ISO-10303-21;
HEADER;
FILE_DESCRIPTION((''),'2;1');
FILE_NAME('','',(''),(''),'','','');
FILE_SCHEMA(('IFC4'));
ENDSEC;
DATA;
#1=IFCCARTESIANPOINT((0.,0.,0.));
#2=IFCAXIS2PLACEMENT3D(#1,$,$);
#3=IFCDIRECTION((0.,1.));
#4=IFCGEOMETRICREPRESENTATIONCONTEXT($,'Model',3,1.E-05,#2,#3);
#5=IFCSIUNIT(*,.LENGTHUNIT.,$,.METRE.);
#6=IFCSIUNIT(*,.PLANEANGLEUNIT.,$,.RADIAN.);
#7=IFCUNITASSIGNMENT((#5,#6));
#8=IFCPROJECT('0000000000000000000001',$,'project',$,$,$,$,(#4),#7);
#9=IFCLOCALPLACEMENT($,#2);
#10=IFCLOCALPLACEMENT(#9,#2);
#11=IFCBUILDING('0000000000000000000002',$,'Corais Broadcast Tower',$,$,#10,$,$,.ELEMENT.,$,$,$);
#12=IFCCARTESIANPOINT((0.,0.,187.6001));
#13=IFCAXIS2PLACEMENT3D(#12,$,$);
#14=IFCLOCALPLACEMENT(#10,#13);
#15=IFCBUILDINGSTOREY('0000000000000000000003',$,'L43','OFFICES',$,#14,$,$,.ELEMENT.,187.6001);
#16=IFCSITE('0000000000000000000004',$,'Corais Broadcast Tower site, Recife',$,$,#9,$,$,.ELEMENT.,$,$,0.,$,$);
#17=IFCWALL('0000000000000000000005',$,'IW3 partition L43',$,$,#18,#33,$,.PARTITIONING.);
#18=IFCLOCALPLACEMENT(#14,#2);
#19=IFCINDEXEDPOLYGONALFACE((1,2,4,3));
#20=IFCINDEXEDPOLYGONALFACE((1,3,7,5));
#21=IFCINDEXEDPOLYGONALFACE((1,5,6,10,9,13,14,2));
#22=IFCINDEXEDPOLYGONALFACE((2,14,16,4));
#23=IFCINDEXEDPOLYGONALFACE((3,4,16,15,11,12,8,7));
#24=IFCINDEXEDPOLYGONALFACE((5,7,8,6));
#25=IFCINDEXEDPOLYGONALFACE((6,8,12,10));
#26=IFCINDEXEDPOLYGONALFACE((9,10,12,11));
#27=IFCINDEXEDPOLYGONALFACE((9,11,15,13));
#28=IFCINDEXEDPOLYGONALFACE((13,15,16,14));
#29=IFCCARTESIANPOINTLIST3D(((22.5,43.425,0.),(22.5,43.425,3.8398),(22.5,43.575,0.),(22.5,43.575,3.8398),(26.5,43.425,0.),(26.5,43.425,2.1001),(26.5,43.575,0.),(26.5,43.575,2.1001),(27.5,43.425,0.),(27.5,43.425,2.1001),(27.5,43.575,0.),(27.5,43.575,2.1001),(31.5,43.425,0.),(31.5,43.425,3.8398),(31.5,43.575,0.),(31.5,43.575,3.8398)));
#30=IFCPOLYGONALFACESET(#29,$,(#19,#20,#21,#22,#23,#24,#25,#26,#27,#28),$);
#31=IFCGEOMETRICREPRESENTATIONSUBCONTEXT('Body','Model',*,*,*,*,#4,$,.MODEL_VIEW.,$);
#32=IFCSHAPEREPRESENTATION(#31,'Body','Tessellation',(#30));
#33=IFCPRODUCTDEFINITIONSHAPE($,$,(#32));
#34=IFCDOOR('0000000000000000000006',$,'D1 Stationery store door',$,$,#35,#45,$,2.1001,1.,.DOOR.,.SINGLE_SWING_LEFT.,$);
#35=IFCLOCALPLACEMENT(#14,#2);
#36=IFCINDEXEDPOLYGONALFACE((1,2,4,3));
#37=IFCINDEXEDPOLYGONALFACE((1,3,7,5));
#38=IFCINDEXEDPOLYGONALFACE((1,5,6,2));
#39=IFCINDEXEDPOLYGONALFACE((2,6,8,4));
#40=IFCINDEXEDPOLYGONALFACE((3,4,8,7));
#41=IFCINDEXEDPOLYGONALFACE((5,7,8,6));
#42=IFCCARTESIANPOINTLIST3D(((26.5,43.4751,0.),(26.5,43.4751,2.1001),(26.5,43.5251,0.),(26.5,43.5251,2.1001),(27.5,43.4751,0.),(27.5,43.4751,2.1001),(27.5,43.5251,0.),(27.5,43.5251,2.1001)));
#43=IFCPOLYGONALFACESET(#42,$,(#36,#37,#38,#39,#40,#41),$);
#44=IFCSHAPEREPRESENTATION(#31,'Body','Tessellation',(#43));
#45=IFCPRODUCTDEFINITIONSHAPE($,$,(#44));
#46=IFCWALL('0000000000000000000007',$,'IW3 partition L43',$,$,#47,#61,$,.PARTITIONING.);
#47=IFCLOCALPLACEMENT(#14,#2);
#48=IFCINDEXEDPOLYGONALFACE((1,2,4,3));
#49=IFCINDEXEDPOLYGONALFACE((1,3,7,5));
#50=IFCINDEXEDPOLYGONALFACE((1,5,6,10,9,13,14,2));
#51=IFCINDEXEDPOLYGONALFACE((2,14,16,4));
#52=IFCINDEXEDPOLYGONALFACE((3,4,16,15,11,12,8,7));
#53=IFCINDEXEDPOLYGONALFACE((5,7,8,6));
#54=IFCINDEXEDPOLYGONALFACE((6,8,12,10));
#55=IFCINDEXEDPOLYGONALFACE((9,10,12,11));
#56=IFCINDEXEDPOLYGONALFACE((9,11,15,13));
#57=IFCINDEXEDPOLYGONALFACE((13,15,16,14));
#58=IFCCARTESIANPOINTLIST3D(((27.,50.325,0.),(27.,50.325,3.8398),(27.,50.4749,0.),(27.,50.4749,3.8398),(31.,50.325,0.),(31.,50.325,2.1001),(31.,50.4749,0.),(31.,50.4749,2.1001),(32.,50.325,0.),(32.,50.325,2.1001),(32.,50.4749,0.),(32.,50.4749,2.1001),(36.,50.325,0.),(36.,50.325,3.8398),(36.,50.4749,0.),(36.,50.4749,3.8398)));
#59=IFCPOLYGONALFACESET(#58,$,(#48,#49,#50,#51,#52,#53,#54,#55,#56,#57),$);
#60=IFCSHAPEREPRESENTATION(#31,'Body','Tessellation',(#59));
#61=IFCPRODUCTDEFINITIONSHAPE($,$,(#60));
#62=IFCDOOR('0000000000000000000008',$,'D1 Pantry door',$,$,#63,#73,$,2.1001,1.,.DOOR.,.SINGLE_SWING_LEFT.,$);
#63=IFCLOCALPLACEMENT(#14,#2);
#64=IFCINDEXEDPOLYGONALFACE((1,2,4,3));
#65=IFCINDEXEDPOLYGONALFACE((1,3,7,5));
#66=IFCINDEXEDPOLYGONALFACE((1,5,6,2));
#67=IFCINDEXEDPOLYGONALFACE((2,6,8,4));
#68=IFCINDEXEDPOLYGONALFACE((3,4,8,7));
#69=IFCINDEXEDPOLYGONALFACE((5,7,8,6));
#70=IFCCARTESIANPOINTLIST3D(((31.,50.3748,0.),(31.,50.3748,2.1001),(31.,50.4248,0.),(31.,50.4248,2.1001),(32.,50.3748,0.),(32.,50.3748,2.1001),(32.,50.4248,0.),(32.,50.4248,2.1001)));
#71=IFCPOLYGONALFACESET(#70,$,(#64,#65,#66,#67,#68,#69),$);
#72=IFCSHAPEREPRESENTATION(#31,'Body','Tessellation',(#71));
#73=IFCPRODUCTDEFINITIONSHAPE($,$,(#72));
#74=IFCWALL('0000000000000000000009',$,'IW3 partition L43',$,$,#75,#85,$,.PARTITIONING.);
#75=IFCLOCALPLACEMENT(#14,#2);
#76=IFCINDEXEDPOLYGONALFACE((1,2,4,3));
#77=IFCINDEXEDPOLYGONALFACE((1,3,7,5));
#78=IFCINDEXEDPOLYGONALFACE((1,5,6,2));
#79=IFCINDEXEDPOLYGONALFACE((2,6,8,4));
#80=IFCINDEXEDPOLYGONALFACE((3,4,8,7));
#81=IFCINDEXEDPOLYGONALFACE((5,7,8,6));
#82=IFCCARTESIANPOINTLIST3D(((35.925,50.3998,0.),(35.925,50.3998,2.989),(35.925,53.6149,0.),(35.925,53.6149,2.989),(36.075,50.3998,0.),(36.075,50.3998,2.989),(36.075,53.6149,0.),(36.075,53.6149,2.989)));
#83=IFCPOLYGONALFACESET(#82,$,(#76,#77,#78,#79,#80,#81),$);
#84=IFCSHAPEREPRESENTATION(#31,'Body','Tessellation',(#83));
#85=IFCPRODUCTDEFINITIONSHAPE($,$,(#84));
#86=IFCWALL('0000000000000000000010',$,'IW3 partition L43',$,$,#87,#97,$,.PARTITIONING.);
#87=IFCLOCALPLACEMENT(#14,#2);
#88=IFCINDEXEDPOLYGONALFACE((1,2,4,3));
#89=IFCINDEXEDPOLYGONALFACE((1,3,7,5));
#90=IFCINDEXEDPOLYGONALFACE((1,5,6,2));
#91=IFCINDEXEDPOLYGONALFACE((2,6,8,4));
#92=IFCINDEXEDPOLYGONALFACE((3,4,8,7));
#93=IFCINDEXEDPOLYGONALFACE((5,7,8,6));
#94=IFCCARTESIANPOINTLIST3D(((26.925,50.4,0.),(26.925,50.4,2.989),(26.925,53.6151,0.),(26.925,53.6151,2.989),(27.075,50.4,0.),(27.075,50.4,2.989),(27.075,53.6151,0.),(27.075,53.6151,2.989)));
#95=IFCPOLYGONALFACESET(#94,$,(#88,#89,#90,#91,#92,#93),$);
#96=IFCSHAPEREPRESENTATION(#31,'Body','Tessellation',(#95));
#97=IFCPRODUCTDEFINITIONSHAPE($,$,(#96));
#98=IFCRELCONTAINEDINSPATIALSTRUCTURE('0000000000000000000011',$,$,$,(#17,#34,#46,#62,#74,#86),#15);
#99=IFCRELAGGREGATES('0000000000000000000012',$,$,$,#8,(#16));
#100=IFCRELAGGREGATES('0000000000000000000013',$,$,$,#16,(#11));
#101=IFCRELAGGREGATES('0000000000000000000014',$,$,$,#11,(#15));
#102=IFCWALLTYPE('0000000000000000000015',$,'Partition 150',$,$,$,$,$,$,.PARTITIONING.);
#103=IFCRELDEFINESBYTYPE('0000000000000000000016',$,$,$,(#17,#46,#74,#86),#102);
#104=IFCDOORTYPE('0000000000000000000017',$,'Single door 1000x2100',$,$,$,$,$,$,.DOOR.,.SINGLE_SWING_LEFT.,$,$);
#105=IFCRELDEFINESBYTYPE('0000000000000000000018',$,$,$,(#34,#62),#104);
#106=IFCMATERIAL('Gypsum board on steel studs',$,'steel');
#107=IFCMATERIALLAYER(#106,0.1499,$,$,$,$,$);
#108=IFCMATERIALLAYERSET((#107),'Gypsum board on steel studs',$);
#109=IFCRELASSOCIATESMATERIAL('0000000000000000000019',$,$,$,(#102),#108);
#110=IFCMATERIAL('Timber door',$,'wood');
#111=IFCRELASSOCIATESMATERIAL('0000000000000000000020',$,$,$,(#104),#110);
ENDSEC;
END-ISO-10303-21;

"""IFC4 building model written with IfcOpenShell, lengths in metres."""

from ifc_helpers import new_model, si_unit, direction, frame, frame_2d, origin, place, context, subcontext, project, spatial, rectangle, extrude, material, layer, layer_set, type_object, element, fill, save


model = new_model("IFC4")

# Units and contexts
model_context = context("Model", 3, precision=1e-05, world=origin(), true_north=direction((0.0, 1.0)))
body_context = subcontext(model_context, "Body", "Model", "MODEL_VIEW")
ifc_project = project(units=[si_unit("LENGTHUNIT", "METRE"), si_unit("PLANEANGLEUNIT", "RADIAN")], contexts=[model_context])

# Site, building, storey
site_placement = place(None, origin())
site = spatial("IfcSite", under=ifc_project, at=site_placement, Name="Corais Broadcast Tower site, Recife", CompositionType="ELEMENT", RefElevation=0.0)
building_placement = place(site_placement, origin())
building = spatial("IfcBuilding", under=site, at=building_placement, Name="Corais Broadcast Tower", CompositionType="ELEMENT")
storey_placement = place(building_placement, frame((0.0, 0.0, 187.6001)))
storey = spatial("IfcBuildingStorey", under=building, at=storey_placement, Name="L43", Description="OFFICES", CompositionType="ELEMENT", Elevation=187.6001)

# Walls, openings, doors
ifc_material_1 = material(Name="Gypsum board on steel studs", Category="steel")
ifc_layer_1 = layer(ifc_material_1, 0.1499)
ifc_layer_set_1 = layer_set([ifc_layer_1], Name="Gypsum board on steel studs")
wall_type = type_object("IfcWallType", Name="Partition 150", PredefinedType="PARTITIONING", material=ifc_layer_set_1)
wall_1_placement = place(storey_placement, frame((31.5, 43.5, 0.0), z_axis=(0.0, 0.0, 1.0), x_axis=(-1.0, 0.0, 0.0)))
wall_1 = element("IfcWall", 1, at=wall_1_placement, inside=storey, type_object=wall_type, Name="IW3 partition L43", PredefinedType="PARTITIONING", context=body_context, shape_type="SweptSolid", body=[
    extrude(rectangle(XDim=9.0, YDim=0.1499, at=frame_2d((4.5, 0.0))), origin(), (0.0, 0.0, 1.0), 3.8398),
])
opening_1_placement = place(wall_1_placement, frame((4.0, 0.0, 0.0)))
opening_1 = element("IfcOpeningElement", 2, at=opening_1_placement, cuts=wall_1, PredefinedType="OPENING", context=body_context, shape_type="SweptSolid", body=[
    extrude(rectangle(XDim=1.0, YDim=2.1001, at=frame_2d((0.5, 1.05))), frame((0.0, 0.085, 0.0), z_axis=(0.0, -1.0, 0.0), x_axis=(1.0, 0.0, 0.0)), (0.0, 0.0, 1.0), 0.1699),
])
ifc_material_2 = material(Name="Timber door", Category="wood")
door_type = type_object("IfcDoorType", Name="Single door 1000x2100", OperationType="SINGLE_SWING_LEFT", PredefinedType="DOOR", material=ifc_material_2)
door_1_placement = place(opening_1_placement, origin())
door_1 = element("IfcDoor", 3, at=door_1_placement, inside=storey, type_object=door_type, Name="D1 Stationery store door", OperationType="SINGLE_SWING_LEFT", OverallHeight=2.1001, OverallWidth=1.0, PredefinedType="DOOR", context=body_context, shape_type="SweptSolid", body=[
    extrude(rectangle(XDim=1.0, YDim=2.1001, at=frame_2d((0.5, 1.05))), frame((0.0, 0.0249, 0.0), z_axis=(0.0, -1.0, 0.0), x_axis=(1.0, 0.0, 0.0)), (0.0, 0.0, 1.0), 0.05),
])
fill(opening_1, door_1)
wall_2_placement = place(storey_placement, frame((27.0, 50.3999, 0.0), z_axis=(0.0, 0.0, 1.0), x_axis=(1.0, 0.0, 0.0)))
wall_2 = element("IfcWall", 4, at=wall_2_placement, inside=storey, type_object=wall_type, Name="IW3 partition L43", PredefinedType="PARTITIONING", context=body_context, shape_type="SweptSolid", body=[
    extrude(rectangle(XDim=9.0, YDim=0.1499, at=frame_2d((4.5, 0.0))), origin(), (0.0, 0.0, 1.0), 3.8398),
])
opening_2_placement = place(wall_2_placement, frame((4.0, 0.0, 0.0)))
opening_2 = element("IfcOpeningElement", 5, at=opening_2_placement, cuts=wall_2, PredefinedType="OPENING", context=body_context, shape_type="SweptSolid", body=[
    extrude(rectangle(XDim=1.0, YDim=2.1001, at=frame_2d((0.5, 1.05))), frame((0.0, 0.085, 0.0), z_axis=(0.0, -1.0, 0.0), x_axis=(1.0, 0.0, 0.0)), (0.0, 0.0, 1.0), 0.1699),
])
door_2_placement = place(opening_2_placement, origin())
door_2 = element("IfcDoor", 6, at=door_2_placement, inside=storey, type_object=door_type, Name="D1 Pantry door", OperationType="SINGLE_SWING_LEFT", OverallHeight=2.1001, OverallWidth=1.0, PredefinedType="DOOR", context=body_context, shape_type="SweptSolid", body=[
    extrude(rectangle(XDim=1.0, YDim=2.1001, at=frame_2d((0.5, 1.05))), frame((0.0, 0.0249, 0.0), z_axis=(0.0, -1.0, 0.0), x_axis=(1.0, 0.0, 0.0)), (0.0, 0.0, 1.0), 0.05),
])
fill(opening_2, door_2)

# Walls
for number, where, z_axis, x_axis, name in (
    (7, (36.0, 50.3999, 0.0), (0.0, 0.0, 1.0), (0.0, 1.0, 0.0), "IW3 partition L43"),
    (8, (27.0, 53.615, 0.0), (0.0, 0.0, 1.0), (0.0, -1.0, 0.0), "IW3 partition L43"),
):
    element("IfcWall", number, at=place(storey_placement, frame(where, z_axis=z_axis, x_axis=x_axis)), inside=storey, type_object=wall_type, Name=name, PredefinedType="PARTITIONING", context=body_context, shape_type="SweptSolid", body=[
        extrude(rectangle(XDim=3.2151, YDim=0.1499, at=frame_2d((1.6074, 0.0))), origin(), (0.0, 0.0, 1.0), 2.989),
    ])

save(model, "model.ifc")
